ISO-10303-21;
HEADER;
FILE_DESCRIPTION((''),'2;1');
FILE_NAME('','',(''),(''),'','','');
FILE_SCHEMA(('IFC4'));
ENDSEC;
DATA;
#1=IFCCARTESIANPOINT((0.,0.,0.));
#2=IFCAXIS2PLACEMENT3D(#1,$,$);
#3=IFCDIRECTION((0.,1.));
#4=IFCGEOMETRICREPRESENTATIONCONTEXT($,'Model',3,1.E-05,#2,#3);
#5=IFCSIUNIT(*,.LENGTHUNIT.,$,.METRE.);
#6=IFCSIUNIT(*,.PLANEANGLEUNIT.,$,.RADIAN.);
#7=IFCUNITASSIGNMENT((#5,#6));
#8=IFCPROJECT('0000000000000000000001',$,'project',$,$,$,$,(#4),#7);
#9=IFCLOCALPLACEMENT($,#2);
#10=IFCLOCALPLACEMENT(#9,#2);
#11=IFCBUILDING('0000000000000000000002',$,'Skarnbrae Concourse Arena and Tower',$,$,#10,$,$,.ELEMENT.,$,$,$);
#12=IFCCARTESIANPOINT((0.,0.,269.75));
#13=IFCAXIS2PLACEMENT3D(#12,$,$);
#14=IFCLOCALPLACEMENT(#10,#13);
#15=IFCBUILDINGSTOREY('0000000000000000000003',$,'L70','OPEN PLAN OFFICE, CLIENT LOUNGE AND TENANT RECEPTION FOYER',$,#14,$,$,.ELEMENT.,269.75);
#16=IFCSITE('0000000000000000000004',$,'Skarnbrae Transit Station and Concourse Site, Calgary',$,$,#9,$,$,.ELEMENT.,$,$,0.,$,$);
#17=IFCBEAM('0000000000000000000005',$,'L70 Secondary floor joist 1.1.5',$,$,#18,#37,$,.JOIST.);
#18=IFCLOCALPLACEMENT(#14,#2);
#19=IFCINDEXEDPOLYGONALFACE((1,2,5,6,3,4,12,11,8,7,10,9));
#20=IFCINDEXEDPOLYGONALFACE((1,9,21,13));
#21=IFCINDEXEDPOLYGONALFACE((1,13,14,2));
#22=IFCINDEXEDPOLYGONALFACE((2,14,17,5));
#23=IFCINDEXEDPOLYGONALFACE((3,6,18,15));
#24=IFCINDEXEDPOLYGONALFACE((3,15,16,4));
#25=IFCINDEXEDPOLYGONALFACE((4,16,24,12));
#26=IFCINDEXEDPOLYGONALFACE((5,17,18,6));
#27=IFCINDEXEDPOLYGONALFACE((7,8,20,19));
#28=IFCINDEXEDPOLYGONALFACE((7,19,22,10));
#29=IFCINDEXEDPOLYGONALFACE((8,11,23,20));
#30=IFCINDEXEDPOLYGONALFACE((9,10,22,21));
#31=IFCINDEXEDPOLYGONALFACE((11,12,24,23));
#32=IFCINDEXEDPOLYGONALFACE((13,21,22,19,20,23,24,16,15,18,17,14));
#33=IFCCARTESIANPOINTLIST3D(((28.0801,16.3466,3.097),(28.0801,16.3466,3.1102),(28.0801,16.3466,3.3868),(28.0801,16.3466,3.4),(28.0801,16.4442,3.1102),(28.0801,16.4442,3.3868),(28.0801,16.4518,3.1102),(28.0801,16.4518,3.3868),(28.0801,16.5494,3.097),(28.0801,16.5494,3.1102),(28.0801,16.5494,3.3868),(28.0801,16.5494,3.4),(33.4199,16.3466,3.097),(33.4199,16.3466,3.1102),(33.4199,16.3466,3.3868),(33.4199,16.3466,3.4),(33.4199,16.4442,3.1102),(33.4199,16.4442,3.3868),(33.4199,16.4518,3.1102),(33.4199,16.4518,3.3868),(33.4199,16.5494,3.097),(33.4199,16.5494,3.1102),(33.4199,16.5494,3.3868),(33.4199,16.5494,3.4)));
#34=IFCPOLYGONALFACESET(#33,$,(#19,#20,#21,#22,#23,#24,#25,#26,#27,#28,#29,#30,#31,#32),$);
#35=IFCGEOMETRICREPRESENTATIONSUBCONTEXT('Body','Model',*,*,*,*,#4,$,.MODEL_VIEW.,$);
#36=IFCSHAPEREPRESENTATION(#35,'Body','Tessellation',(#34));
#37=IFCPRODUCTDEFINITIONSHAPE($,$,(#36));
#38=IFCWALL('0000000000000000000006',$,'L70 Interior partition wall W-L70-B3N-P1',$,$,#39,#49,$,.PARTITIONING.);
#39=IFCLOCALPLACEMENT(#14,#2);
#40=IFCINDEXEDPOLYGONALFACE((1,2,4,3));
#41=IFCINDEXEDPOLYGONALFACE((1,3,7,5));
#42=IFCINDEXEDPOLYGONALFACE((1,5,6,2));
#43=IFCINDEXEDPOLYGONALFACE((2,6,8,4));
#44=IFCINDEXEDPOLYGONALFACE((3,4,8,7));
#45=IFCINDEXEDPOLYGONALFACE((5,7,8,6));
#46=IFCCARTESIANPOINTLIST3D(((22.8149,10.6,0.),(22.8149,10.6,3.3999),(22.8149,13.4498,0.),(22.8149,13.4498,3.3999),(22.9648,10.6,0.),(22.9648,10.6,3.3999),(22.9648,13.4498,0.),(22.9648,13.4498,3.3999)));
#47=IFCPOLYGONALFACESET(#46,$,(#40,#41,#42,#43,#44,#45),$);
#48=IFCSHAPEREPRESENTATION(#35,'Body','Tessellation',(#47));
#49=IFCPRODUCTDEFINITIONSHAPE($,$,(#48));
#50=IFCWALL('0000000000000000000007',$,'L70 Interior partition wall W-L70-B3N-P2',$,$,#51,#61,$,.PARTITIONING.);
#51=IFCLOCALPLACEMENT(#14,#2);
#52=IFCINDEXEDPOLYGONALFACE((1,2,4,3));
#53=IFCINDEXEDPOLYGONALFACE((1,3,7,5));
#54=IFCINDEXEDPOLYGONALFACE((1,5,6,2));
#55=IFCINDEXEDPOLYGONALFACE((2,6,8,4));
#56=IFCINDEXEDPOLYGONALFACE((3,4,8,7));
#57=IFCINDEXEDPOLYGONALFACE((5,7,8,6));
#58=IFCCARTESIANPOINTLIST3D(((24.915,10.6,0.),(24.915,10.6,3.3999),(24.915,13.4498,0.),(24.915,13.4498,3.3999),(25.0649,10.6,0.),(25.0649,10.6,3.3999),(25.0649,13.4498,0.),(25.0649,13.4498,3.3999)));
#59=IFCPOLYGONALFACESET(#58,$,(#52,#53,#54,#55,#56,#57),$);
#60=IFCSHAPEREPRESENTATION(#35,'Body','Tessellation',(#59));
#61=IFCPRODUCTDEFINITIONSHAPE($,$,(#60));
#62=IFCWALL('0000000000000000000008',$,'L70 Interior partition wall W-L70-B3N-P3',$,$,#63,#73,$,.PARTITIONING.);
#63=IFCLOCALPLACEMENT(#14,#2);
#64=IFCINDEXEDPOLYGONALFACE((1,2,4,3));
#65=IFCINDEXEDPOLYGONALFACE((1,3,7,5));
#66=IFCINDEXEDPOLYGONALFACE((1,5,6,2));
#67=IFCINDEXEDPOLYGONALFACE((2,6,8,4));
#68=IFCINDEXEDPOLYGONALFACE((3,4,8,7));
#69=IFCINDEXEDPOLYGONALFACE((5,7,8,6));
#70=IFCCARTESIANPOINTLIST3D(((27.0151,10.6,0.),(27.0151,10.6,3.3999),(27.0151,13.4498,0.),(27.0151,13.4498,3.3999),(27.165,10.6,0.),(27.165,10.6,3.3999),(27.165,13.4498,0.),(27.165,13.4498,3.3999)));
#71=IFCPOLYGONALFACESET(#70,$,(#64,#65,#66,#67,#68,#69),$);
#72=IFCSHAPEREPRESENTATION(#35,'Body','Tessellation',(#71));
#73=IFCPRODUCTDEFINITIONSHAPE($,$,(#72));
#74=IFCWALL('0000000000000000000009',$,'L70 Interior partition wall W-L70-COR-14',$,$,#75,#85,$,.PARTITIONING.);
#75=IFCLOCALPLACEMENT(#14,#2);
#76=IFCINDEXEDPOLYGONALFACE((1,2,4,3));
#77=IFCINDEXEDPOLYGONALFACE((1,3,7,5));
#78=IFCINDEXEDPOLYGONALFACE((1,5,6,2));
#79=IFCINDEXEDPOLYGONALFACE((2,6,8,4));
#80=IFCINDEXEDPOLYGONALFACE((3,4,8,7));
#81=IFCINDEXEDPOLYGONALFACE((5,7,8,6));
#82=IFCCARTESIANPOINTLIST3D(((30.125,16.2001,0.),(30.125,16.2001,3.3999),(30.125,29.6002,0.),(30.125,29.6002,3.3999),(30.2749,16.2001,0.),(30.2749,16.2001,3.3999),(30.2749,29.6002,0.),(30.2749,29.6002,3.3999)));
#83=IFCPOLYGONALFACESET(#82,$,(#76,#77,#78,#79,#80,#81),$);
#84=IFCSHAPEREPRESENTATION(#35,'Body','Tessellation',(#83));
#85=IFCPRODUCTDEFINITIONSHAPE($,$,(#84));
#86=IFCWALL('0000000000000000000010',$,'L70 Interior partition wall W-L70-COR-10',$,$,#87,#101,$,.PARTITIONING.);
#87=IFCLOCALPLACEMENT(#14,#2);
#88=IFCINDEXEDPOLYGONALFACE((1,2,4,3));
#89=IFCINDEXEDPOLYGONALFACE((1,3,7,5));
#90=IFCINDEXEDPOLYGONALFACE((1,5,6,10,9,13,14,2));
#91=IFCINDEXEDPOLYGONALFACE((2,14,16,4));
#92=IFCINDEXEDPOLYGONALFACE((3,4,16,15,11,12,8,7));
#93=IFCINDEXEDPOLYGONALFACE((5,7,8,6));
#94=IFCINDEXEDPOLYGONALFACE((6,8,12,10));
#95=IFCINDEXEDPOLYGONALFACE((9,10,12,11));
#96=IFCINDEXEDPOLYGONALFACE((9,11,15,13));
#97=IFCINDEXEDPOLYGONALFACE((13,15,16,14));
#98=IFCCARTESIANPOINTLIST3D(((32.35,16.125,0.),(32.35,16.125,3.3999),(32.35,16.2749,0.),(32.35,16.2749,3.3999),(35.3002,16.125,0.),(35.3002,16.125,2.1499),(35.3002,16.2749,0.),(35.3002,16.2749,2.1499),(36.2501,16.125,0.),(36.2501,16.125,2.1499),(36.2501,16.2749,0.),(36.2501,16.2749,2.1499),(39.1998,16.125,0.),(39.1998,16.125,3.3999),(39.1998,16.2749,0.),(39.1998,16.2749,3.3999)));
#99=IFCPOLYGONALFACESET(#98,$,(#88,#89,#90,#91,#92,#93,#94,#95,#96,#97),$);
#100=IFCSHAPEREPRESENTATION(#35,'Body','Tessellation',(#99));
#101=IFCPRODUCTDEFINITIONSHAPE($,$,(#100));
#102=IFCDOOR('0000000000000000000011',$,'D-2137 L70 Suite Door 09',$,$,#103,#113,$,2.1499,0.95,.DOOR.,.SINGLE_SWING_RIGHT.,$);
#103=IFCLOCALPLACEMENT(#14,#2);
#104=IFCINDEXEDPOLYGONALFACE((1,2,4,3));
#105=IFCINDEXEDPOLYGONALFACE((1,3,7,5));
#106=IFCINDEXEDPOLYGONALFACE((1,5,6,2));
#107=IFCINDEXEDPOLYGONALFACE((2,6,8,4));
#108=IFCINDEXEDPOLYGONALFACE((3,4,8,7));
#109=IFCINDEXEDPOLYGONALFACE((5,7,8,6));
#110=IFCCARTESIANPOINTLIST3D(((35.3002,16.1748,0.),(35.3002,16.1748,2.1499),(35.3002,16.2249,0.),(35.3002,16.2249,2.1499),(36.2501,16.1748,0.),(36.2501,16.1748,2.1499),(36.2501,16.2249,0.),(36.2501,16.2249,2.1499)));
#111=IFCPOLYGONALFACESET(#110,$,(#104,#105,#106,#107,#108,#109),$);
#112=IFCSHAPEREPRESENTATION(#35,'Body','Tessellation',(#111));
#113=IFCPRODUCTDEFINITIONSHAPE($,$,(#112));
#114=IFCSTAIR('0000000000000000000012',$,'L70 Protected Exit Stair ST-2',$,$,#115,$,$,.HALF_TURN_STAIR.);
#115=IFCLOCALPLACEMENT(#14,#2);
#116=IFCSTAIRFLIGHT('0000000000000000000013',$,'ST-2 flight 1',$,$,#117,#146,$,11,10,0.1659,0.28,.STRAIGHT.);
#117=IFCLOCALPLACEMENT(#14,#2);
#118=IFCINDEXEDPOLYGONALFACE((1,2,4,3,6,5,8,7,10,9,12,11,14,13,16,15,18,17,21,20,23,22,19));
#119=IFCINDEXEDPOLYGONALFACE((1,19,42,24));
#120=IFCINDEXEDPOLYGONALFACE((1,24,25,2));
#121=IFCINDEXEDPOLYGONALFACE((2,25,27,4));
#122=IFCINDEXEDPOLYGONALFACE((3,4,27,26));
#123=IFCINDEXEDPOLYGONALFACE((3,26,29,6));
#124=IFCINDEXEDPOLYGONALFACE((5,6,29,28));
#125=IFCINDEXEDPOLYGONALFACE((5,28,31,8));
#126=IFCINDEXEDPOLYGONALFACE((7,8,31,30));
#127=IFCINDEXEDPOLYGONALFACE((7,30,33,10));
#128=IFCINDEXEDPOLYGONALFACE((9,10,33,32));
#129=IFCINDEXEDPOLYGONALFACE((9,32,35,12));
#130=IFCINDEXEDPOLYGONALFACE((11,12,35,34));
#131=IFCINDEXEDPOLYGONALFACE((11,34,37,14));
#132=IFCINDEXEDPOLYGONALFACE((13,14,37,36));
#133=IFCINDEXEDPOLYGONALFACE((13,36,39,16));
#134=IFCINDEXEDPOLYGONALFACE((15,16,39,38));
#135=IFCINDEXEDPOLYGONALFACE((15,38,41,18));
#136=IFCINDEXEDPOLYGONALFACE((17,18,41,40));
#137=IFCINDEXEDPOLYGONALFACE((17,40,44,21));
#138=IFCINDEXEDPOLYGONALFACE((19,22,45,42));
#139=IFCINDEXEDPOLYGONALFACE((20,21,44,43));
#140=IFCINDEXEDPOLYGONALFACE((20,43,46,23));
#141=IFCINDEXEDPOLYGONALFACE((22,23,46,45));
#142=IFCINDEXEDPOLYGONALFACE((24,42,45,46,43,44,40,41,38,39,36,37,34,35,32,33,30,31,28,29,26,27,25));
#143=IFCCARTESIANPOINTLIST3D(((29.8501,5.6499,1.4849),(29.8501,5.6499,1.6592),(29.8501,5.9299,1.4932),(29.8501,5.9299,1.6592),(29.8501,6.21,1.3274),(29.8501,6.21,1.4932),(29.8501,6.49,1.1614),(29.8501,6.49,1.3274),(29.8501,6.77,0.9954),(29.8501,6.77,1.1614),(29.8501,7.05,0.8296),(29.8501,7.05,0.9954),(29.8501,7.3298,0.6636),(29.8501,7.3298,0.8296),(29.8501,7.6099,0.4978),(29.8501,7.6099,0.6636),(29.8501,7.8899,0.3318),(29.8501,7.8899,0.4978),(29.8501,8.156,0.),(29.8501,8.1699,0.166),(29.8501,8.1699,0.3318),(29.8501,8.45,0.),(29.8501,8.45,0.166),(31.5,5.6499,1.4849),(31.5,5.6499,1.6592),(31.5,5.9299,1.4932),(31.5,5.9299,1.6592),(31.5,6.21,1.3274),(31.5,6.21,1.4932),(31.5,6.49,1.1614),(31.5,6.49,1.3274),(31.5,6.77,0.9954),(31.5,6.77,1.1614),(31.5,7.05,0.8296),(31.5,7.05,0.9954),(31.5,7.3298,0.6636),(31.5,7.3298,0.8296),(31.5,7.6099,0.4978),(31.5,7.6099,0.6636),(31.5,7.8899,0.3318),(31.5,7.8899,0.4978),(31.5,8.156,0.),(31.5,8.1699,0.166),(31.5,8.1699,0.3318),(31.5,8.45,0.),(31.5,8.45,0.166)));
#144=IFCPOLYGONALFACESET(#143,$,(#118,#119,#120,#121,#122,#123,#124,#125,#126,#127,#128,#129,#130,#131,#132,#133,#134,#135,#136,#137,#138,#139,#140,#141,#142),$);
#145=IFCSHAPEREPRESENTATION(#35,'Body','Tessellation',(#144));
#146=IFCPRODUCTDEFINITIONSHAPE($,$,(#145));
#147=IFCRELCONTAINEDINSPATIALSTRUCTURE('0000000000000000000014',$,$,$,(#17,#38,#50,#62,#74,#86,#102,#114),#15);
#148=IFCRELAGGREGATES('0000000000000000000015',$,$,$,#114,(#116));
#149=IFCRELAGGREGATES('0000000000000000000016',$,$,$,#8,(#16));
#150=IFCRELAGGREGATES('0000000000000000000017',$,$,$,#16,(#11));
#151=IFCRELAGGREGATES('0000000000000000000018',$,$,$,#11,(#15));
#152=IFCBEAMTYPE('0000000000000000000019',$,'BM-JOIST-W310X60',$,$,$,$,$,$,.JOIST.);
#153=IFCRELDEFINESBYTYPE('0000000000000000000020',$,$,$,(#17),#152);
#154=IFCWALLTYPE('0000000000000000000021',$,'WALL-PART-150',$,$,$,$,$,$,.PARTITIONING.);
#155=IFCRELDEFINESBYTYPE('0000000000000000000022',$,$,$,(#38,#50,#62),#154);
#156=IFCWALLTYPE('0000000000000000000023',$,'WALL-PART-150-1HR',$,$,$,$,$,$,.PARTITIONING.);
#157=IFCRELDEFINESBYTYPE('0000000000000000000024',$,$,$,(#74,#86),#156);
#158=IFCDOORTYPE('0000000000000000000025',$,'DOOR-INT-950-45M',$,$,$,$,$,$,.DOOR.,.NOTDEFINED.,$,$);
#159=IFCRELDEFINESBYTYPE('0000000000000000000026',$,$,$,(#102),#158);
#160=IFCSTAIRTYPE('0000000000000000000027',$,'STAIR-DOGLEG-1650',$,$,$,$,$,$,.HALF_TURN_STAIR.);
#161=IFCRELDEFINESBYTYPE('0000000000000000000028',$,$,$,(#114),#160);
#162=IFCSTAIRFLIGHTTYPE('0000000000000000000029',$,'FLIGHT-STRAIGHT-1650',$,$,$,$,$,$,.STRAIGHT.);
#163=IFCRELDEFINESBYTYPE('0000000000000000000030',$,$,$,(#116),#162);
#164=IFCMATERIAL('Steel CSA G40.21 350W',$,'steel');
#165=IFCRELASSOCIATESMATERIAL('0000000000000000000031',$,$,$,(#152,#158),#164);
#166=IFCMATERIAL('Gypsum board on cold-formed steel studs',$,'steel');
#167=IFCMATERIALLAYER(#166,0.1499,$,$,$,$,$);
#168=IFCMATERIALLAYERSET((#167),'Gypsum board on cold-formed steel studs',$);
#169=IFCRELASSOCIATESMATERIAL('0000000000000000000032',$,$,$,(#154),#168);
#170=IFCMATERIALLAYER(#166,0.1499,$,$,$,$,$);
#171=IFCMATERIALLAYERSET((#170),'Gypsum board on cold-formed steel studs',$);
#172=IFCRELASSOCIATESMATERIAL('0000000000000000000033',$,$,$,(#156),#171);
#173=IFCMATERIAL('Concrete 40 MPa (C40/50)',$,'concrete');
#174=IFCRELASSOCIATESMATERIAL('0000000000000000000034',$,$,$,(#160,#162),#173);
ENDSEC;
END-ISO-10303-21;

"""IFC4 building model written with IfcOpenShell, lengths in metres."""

from ifc_helpers import new_model, si_unit, direction, frame, frame_2d, origin, origin_2d, place, context, subcontext, project, spatial, polyline, rectangle, i_section, outline, extrude, source, transform, mapped, material, layer, layer_set, material_profile, profile_set, type_object, element, fill, aggregate, save


model = new_model("IFC4")

# Units and contexts
model_context = context("Model", 3, precision=1e-05, world=origin(), true_north=direction((0.0, 1.0)))
body_context = subcontext(model_context, "Body", "Model", "MODEL_VIEW")
ifc_project = project(units=[si_unit("LENGTHUNIT", "METRE"), si_unit("PLANEANGLEUNIT", "RADIAN")], contexts=[model_context])

# Site, building, storey
site_placement = place(None, origin())
site = spatial("IfcSite", under=ifc_project, at=site_placement, Name="Skarnbrae Transit Station and Concourse Site, Calgary", CompositionType="ELEMENT", RefElevation=0.0)
building_placement = place(site_placement, origin())
building = spatial("IfcBuilding", under=site, at=building_placement, Name="Skarnbrae Concourse Arena and Tower", CompositionType="ELEMENT")
storey_placement = place(building_placement, frame((0.0, 0.0, 269.75)))
storey = spatial("IfcBuildingStorey", under=building, at=storey_placement, Name="L70", Description="OPEN PLAN OFFICE, CLIENT LOUNGE AND TENANT RECEPTION FOYER", CompositionType="ELEMENT", Elevation=269.75)

# Shared definitions
ifc_material_1 = material(Name="Steel CSA G40.21 350W", Category="steel")

# Beam
ifc_material_profile_1 = material_profile(ifc_material_1, i_section(OverallWidth=0.2029, OverallDepth=0.303, WebThickness=0.0076, FlangeThickness=0.0132, at=origin_2d()), Name="W310X60")
ifc_profile_set_1 = profile_set([ifc_material_profile_1], Name="Steel CSA G40.21 350W")
beam_type_1 = type_object("IfcBeamType", Name="BM-JOIST-W310X60", PredefinedType="JOIST", material=ifc_profile_set_1)
shared_shape_1 = source(origin(), body_context, "Body", "SweptSolid", [
    extrude(i_section(OverallWidth=0.2029, OverallDepth=0.303, WebThickness=0.0076, FlangeThickness=0.0132, at=origin_2d()), origin(), (0.0, 0.0, 1.0), 5.3398),
])
beam_1_placement = place(storey_placement, frame((28.0801, 16.448, 3.2485), z_axis=(1.0, 0.0, 0.0), x_axis=(0.0, 1.0, 0.0)))
element("IfcBeam", 1, at=beam_1_placement, inside=storey, type_object=beam_type_1, Name="L70 Secondary floor joist 1.1.5", PredefinedType="JOIST", context=body_context, shape_type="MappedRepresentation", body=[
    mapped(shared_shape_1, transform((0.0, 0.0, 0.0))),
])

# Walls
ifc_material_2 = material(Name="Gypsum board on cold-formed steel studs", Category="steel")
ifc_layer_1 = layer(ifc_material_2, 0.1499)
ifc_layer_set_1 = layer_set([ifc_layer_1], Name="Gypsum board on cold-formed steel studs")
wall_type_1 = type_object("IfcWallType", Name="WALL-PART-150", PredefinedType="PARTITIONING", material=ifc_layer_set_1)
shared_shape_2 = source(origin(), body_context, "Body", "SweptSolid", [
    extrude(rectangle(XDim=2.8499, YDim=0.1499, at=frame_2d((1.4248, 0.0))), origin(), (0.0, 0.0, 1.0), 3.3999),
])
for number, where, z_axis, x_axis, name in (
    (2, (22.8899, 10.6001, 0.0), (0.0, 0.0, 1.0), (0.0, 1.0, 0.0), "L70 Interior partition wall W-L70-B3N-P1"),
    (3, (24.99, 10.6001, 0.0), (0.0, 0.0, 1.0), (0.0, 1.0, 0.0), "L70 Interior partition wall W-L70-B3N-P2"),
    (4, (27.0901, 10.6001, 0.0), (0.0, 0.0, 1.0), (0.0, 1.0, 0.0), "L70 Interior partition wall W-L70-B3N-P3"),
):
    element("IfcWall", number, at=place(storey_placement, frame(where, z_axis=z_axis, x_axis=x_axis)), inside=storey, type_object=wall_type_1, Name=name, PredefinedType="PARTITIONING", context=body_context, shape_type="MappedRepresentation", body=[
        mapped(shared_shape_2, transform((0.0, 0.0, 0.0))),
    ])
ifc_layer_2 = layer(ifc_material_2, 0.1499)
ifc_layer_set_2 = layer_set([ifc_layer_2], Name="Gypsum board on cold-formed steel studs")
wall_type_2 = type_object("IfcWallType", Name="WALL-PART-150-1HR", PredefinedType="PARTITIONING", material=ifc_layer_set_2)
shared_shape_3 = source(origin(), body_context, "Body", "SweptSolid", [
    extrude(rectangle(XDim=13.4001, YDim=0.1499, at=frame_2d((6.7002, 0.0))), origin(), (0.0, 0.0, 1.0), 3.3999),
])
wall_1_placement = place(storey_placement, frame((30.2, 16.2, 0.0), z_axis=(0.0, 0.0, 1.0), x_axis=(0.0, 1.0, 0.0)))
element("IfcWall", 5, at=wall_1_placement, inside=storey, type_object=wall_type_2, Name="L70 Interior partition wall W-L70-COR-14", PredefinedType="PARTITIONING", context=body_context, shape_type="MappedRepresentation", body=[
    mapped(shared_shape_3, transform((0.0, 0.0, 0.0))),
])

# Wall, opening, door
shared_shape_4 = source(origin(), body_context, "Body", "SweptSolid", [
    extrude(rectangle(XDim=6.8499, YDim=0.1499, at=frame_2d((3.4248, 0.0))), origin(), (0.0, 0.0, 1.0), 3.3999),
])
wall_2_placement = place(storey_placement, frame((32.3501, 16.2, 0.0), z_axis=(0.0, 0.0, 1.0), x_axis=(1.0, 0.0, 0.0)))
wall_2 = element("IfcWall", 6, at=wall_2_placement, inside=storey, type_object=wall_type_2, Name="L70 Interior partition wall W-L70-COR-10", PredefinedType="PARTITIONING", context=body_context, shape_type="MappedRepresentation", body=[
    mapped(shared_shape_4, transform((0.0, 0.0, 0.0))),
])
opening_1_placement = place(wall_2_placement, frame((2.95, 0.0, 0.0)))
opening_1 = element("IfcOpeningElement", 7, at=opening_1_placement, cuts=wall_2, PredefinedType="OPENING", context=body_context, shape_type="SweptSolid", body=[
    extrude(rectangle(XDim=0.95, YDim=2.1499, at=frame_2d((0.4751, 1.075))), frame((0.0, 0.085, 0.0), z_axis=(0.0, -1.0, 0.0), x_axis=(1.0, 0.0, 0.0)), (0.0, 0.0, 1.0), 0.1699),
])
door_type_1 = type_object("IfcDoorType", Name="DOOR-INT-950-45M", OperationType="NOTDEFINED", PredefinedType="DOOR", material=ifc_material_1)
shared_shape_5 = source(origin(), body_context, "Body", "SweptSolid", [
    extrude(rectangle(XDim=0.95, YDim=2.1499, at=frame_2d((0.4751, 1.075))), frame((0.0, 0.0249, 0.0), z_axis=(0.0, -1.0, 0.0), x_axis=(1.0, 0.0, 0.0)), (0.0, 0.0, 1.0), 0.05),
])
door_1_placement = place(opening_1_placement, origin())
door_1 = element("IfcDoor", 8, at=door_1_placement, inside=storey, type_object=door_type_1, Name="D-2137 L70 Suite Door 09", OperationType="SINGLE_SWING_RIGHT", OverallHeight=2.1499, OverallWidth=0.95, PredefinedType="DOOR", context=body_context, shape_type="MappedRepresentation", body=[
    mapped(shared_shape_5, transform((0.0, 0.0, 0.0))),
])
fill(opening_1, door_1)

# Stair, stair flight
ifc_material_3 = material(Name="Concrete 40 MPa (C40/50)", Category="concrete")
stair_type = type_object("IfcStairType", Name="STAIR-DOGLEG-1650", PredefinedType="HALF_TURN_STAIR", material=ifc_material_3)
stair_placement = place(storey_placement, origin())
stair = element("IfcStair", 9, at=stair_placement, inside=storey, type_object=stair_type, Name="L70 Protected Exit Stair ST-2", PredefinedType="HALF_TURN_STAIR")
stair_flight_type = type_object("IfcStairFlightType", Name="FLIGHT-STRAIGHT-1650", PredefinedType="STRAIGHT", material=ifc_material_3)
shared_shape_6 = source(origin(), body_context, "Body", "SweptSolid", [
    extrude(outline(polyline([(0.0, 0.0), (0.0, 0.166), (0.28, 0.166), (0.28, 0.3318), (0.5601, 0.3318), (0.5601, 0.4978), (0.8401, 0.4978), (0.8401, 0.6636), (1.1201, 0.6636), (1.1201, 0.8296), (1.3999, 0.8296), (1.3999, 0.9954), (1.6799, 0.9954), (1.6799, 1.1614), (1.96, 1.1614), (1.96, 1.3274), (2.24, 1.3274), (2.24, 1.4932), (2.52, 1.4932), (2.52, 1.6592), (2.8, 1.6592), (2.8, 1.825), (2.8, 1.4849), (0.2939, 0.0), (0.0, 0.0)])), frame((0.0, 0.825, 0.0), z_axis=(0.0, -1.0, 0.0), x_axis=(1.0, 0.0, 0.0)), (0.0, 0.0, 1.0), 1.6499),
])
stair_flight_placement = place(storey_placement, frame((30.675, 8.45, 0.0), z_axis=(0.0, 0.0, 1.0), x_axis=(0.0, -1.0, 0.0)))
stair_flight = element("IfcStairFlight", 10, at=stair_flight_placement, type_object=stair_flight_type, Name="ST-2 flight 1", NumberOfRisers=11, NumberOfTreads=10, PredefinedType="STRAIGHT", RiserHeight=0.1659, TreadLength=0.28, context=body_context, shape_type="MappedRepresentation", body=[
    mapped(shared_shape_6, transform((0.0, 0.0, 0.0))),
])
aggregate(stair, [stair_flight])

save(model, "model.ifc")
